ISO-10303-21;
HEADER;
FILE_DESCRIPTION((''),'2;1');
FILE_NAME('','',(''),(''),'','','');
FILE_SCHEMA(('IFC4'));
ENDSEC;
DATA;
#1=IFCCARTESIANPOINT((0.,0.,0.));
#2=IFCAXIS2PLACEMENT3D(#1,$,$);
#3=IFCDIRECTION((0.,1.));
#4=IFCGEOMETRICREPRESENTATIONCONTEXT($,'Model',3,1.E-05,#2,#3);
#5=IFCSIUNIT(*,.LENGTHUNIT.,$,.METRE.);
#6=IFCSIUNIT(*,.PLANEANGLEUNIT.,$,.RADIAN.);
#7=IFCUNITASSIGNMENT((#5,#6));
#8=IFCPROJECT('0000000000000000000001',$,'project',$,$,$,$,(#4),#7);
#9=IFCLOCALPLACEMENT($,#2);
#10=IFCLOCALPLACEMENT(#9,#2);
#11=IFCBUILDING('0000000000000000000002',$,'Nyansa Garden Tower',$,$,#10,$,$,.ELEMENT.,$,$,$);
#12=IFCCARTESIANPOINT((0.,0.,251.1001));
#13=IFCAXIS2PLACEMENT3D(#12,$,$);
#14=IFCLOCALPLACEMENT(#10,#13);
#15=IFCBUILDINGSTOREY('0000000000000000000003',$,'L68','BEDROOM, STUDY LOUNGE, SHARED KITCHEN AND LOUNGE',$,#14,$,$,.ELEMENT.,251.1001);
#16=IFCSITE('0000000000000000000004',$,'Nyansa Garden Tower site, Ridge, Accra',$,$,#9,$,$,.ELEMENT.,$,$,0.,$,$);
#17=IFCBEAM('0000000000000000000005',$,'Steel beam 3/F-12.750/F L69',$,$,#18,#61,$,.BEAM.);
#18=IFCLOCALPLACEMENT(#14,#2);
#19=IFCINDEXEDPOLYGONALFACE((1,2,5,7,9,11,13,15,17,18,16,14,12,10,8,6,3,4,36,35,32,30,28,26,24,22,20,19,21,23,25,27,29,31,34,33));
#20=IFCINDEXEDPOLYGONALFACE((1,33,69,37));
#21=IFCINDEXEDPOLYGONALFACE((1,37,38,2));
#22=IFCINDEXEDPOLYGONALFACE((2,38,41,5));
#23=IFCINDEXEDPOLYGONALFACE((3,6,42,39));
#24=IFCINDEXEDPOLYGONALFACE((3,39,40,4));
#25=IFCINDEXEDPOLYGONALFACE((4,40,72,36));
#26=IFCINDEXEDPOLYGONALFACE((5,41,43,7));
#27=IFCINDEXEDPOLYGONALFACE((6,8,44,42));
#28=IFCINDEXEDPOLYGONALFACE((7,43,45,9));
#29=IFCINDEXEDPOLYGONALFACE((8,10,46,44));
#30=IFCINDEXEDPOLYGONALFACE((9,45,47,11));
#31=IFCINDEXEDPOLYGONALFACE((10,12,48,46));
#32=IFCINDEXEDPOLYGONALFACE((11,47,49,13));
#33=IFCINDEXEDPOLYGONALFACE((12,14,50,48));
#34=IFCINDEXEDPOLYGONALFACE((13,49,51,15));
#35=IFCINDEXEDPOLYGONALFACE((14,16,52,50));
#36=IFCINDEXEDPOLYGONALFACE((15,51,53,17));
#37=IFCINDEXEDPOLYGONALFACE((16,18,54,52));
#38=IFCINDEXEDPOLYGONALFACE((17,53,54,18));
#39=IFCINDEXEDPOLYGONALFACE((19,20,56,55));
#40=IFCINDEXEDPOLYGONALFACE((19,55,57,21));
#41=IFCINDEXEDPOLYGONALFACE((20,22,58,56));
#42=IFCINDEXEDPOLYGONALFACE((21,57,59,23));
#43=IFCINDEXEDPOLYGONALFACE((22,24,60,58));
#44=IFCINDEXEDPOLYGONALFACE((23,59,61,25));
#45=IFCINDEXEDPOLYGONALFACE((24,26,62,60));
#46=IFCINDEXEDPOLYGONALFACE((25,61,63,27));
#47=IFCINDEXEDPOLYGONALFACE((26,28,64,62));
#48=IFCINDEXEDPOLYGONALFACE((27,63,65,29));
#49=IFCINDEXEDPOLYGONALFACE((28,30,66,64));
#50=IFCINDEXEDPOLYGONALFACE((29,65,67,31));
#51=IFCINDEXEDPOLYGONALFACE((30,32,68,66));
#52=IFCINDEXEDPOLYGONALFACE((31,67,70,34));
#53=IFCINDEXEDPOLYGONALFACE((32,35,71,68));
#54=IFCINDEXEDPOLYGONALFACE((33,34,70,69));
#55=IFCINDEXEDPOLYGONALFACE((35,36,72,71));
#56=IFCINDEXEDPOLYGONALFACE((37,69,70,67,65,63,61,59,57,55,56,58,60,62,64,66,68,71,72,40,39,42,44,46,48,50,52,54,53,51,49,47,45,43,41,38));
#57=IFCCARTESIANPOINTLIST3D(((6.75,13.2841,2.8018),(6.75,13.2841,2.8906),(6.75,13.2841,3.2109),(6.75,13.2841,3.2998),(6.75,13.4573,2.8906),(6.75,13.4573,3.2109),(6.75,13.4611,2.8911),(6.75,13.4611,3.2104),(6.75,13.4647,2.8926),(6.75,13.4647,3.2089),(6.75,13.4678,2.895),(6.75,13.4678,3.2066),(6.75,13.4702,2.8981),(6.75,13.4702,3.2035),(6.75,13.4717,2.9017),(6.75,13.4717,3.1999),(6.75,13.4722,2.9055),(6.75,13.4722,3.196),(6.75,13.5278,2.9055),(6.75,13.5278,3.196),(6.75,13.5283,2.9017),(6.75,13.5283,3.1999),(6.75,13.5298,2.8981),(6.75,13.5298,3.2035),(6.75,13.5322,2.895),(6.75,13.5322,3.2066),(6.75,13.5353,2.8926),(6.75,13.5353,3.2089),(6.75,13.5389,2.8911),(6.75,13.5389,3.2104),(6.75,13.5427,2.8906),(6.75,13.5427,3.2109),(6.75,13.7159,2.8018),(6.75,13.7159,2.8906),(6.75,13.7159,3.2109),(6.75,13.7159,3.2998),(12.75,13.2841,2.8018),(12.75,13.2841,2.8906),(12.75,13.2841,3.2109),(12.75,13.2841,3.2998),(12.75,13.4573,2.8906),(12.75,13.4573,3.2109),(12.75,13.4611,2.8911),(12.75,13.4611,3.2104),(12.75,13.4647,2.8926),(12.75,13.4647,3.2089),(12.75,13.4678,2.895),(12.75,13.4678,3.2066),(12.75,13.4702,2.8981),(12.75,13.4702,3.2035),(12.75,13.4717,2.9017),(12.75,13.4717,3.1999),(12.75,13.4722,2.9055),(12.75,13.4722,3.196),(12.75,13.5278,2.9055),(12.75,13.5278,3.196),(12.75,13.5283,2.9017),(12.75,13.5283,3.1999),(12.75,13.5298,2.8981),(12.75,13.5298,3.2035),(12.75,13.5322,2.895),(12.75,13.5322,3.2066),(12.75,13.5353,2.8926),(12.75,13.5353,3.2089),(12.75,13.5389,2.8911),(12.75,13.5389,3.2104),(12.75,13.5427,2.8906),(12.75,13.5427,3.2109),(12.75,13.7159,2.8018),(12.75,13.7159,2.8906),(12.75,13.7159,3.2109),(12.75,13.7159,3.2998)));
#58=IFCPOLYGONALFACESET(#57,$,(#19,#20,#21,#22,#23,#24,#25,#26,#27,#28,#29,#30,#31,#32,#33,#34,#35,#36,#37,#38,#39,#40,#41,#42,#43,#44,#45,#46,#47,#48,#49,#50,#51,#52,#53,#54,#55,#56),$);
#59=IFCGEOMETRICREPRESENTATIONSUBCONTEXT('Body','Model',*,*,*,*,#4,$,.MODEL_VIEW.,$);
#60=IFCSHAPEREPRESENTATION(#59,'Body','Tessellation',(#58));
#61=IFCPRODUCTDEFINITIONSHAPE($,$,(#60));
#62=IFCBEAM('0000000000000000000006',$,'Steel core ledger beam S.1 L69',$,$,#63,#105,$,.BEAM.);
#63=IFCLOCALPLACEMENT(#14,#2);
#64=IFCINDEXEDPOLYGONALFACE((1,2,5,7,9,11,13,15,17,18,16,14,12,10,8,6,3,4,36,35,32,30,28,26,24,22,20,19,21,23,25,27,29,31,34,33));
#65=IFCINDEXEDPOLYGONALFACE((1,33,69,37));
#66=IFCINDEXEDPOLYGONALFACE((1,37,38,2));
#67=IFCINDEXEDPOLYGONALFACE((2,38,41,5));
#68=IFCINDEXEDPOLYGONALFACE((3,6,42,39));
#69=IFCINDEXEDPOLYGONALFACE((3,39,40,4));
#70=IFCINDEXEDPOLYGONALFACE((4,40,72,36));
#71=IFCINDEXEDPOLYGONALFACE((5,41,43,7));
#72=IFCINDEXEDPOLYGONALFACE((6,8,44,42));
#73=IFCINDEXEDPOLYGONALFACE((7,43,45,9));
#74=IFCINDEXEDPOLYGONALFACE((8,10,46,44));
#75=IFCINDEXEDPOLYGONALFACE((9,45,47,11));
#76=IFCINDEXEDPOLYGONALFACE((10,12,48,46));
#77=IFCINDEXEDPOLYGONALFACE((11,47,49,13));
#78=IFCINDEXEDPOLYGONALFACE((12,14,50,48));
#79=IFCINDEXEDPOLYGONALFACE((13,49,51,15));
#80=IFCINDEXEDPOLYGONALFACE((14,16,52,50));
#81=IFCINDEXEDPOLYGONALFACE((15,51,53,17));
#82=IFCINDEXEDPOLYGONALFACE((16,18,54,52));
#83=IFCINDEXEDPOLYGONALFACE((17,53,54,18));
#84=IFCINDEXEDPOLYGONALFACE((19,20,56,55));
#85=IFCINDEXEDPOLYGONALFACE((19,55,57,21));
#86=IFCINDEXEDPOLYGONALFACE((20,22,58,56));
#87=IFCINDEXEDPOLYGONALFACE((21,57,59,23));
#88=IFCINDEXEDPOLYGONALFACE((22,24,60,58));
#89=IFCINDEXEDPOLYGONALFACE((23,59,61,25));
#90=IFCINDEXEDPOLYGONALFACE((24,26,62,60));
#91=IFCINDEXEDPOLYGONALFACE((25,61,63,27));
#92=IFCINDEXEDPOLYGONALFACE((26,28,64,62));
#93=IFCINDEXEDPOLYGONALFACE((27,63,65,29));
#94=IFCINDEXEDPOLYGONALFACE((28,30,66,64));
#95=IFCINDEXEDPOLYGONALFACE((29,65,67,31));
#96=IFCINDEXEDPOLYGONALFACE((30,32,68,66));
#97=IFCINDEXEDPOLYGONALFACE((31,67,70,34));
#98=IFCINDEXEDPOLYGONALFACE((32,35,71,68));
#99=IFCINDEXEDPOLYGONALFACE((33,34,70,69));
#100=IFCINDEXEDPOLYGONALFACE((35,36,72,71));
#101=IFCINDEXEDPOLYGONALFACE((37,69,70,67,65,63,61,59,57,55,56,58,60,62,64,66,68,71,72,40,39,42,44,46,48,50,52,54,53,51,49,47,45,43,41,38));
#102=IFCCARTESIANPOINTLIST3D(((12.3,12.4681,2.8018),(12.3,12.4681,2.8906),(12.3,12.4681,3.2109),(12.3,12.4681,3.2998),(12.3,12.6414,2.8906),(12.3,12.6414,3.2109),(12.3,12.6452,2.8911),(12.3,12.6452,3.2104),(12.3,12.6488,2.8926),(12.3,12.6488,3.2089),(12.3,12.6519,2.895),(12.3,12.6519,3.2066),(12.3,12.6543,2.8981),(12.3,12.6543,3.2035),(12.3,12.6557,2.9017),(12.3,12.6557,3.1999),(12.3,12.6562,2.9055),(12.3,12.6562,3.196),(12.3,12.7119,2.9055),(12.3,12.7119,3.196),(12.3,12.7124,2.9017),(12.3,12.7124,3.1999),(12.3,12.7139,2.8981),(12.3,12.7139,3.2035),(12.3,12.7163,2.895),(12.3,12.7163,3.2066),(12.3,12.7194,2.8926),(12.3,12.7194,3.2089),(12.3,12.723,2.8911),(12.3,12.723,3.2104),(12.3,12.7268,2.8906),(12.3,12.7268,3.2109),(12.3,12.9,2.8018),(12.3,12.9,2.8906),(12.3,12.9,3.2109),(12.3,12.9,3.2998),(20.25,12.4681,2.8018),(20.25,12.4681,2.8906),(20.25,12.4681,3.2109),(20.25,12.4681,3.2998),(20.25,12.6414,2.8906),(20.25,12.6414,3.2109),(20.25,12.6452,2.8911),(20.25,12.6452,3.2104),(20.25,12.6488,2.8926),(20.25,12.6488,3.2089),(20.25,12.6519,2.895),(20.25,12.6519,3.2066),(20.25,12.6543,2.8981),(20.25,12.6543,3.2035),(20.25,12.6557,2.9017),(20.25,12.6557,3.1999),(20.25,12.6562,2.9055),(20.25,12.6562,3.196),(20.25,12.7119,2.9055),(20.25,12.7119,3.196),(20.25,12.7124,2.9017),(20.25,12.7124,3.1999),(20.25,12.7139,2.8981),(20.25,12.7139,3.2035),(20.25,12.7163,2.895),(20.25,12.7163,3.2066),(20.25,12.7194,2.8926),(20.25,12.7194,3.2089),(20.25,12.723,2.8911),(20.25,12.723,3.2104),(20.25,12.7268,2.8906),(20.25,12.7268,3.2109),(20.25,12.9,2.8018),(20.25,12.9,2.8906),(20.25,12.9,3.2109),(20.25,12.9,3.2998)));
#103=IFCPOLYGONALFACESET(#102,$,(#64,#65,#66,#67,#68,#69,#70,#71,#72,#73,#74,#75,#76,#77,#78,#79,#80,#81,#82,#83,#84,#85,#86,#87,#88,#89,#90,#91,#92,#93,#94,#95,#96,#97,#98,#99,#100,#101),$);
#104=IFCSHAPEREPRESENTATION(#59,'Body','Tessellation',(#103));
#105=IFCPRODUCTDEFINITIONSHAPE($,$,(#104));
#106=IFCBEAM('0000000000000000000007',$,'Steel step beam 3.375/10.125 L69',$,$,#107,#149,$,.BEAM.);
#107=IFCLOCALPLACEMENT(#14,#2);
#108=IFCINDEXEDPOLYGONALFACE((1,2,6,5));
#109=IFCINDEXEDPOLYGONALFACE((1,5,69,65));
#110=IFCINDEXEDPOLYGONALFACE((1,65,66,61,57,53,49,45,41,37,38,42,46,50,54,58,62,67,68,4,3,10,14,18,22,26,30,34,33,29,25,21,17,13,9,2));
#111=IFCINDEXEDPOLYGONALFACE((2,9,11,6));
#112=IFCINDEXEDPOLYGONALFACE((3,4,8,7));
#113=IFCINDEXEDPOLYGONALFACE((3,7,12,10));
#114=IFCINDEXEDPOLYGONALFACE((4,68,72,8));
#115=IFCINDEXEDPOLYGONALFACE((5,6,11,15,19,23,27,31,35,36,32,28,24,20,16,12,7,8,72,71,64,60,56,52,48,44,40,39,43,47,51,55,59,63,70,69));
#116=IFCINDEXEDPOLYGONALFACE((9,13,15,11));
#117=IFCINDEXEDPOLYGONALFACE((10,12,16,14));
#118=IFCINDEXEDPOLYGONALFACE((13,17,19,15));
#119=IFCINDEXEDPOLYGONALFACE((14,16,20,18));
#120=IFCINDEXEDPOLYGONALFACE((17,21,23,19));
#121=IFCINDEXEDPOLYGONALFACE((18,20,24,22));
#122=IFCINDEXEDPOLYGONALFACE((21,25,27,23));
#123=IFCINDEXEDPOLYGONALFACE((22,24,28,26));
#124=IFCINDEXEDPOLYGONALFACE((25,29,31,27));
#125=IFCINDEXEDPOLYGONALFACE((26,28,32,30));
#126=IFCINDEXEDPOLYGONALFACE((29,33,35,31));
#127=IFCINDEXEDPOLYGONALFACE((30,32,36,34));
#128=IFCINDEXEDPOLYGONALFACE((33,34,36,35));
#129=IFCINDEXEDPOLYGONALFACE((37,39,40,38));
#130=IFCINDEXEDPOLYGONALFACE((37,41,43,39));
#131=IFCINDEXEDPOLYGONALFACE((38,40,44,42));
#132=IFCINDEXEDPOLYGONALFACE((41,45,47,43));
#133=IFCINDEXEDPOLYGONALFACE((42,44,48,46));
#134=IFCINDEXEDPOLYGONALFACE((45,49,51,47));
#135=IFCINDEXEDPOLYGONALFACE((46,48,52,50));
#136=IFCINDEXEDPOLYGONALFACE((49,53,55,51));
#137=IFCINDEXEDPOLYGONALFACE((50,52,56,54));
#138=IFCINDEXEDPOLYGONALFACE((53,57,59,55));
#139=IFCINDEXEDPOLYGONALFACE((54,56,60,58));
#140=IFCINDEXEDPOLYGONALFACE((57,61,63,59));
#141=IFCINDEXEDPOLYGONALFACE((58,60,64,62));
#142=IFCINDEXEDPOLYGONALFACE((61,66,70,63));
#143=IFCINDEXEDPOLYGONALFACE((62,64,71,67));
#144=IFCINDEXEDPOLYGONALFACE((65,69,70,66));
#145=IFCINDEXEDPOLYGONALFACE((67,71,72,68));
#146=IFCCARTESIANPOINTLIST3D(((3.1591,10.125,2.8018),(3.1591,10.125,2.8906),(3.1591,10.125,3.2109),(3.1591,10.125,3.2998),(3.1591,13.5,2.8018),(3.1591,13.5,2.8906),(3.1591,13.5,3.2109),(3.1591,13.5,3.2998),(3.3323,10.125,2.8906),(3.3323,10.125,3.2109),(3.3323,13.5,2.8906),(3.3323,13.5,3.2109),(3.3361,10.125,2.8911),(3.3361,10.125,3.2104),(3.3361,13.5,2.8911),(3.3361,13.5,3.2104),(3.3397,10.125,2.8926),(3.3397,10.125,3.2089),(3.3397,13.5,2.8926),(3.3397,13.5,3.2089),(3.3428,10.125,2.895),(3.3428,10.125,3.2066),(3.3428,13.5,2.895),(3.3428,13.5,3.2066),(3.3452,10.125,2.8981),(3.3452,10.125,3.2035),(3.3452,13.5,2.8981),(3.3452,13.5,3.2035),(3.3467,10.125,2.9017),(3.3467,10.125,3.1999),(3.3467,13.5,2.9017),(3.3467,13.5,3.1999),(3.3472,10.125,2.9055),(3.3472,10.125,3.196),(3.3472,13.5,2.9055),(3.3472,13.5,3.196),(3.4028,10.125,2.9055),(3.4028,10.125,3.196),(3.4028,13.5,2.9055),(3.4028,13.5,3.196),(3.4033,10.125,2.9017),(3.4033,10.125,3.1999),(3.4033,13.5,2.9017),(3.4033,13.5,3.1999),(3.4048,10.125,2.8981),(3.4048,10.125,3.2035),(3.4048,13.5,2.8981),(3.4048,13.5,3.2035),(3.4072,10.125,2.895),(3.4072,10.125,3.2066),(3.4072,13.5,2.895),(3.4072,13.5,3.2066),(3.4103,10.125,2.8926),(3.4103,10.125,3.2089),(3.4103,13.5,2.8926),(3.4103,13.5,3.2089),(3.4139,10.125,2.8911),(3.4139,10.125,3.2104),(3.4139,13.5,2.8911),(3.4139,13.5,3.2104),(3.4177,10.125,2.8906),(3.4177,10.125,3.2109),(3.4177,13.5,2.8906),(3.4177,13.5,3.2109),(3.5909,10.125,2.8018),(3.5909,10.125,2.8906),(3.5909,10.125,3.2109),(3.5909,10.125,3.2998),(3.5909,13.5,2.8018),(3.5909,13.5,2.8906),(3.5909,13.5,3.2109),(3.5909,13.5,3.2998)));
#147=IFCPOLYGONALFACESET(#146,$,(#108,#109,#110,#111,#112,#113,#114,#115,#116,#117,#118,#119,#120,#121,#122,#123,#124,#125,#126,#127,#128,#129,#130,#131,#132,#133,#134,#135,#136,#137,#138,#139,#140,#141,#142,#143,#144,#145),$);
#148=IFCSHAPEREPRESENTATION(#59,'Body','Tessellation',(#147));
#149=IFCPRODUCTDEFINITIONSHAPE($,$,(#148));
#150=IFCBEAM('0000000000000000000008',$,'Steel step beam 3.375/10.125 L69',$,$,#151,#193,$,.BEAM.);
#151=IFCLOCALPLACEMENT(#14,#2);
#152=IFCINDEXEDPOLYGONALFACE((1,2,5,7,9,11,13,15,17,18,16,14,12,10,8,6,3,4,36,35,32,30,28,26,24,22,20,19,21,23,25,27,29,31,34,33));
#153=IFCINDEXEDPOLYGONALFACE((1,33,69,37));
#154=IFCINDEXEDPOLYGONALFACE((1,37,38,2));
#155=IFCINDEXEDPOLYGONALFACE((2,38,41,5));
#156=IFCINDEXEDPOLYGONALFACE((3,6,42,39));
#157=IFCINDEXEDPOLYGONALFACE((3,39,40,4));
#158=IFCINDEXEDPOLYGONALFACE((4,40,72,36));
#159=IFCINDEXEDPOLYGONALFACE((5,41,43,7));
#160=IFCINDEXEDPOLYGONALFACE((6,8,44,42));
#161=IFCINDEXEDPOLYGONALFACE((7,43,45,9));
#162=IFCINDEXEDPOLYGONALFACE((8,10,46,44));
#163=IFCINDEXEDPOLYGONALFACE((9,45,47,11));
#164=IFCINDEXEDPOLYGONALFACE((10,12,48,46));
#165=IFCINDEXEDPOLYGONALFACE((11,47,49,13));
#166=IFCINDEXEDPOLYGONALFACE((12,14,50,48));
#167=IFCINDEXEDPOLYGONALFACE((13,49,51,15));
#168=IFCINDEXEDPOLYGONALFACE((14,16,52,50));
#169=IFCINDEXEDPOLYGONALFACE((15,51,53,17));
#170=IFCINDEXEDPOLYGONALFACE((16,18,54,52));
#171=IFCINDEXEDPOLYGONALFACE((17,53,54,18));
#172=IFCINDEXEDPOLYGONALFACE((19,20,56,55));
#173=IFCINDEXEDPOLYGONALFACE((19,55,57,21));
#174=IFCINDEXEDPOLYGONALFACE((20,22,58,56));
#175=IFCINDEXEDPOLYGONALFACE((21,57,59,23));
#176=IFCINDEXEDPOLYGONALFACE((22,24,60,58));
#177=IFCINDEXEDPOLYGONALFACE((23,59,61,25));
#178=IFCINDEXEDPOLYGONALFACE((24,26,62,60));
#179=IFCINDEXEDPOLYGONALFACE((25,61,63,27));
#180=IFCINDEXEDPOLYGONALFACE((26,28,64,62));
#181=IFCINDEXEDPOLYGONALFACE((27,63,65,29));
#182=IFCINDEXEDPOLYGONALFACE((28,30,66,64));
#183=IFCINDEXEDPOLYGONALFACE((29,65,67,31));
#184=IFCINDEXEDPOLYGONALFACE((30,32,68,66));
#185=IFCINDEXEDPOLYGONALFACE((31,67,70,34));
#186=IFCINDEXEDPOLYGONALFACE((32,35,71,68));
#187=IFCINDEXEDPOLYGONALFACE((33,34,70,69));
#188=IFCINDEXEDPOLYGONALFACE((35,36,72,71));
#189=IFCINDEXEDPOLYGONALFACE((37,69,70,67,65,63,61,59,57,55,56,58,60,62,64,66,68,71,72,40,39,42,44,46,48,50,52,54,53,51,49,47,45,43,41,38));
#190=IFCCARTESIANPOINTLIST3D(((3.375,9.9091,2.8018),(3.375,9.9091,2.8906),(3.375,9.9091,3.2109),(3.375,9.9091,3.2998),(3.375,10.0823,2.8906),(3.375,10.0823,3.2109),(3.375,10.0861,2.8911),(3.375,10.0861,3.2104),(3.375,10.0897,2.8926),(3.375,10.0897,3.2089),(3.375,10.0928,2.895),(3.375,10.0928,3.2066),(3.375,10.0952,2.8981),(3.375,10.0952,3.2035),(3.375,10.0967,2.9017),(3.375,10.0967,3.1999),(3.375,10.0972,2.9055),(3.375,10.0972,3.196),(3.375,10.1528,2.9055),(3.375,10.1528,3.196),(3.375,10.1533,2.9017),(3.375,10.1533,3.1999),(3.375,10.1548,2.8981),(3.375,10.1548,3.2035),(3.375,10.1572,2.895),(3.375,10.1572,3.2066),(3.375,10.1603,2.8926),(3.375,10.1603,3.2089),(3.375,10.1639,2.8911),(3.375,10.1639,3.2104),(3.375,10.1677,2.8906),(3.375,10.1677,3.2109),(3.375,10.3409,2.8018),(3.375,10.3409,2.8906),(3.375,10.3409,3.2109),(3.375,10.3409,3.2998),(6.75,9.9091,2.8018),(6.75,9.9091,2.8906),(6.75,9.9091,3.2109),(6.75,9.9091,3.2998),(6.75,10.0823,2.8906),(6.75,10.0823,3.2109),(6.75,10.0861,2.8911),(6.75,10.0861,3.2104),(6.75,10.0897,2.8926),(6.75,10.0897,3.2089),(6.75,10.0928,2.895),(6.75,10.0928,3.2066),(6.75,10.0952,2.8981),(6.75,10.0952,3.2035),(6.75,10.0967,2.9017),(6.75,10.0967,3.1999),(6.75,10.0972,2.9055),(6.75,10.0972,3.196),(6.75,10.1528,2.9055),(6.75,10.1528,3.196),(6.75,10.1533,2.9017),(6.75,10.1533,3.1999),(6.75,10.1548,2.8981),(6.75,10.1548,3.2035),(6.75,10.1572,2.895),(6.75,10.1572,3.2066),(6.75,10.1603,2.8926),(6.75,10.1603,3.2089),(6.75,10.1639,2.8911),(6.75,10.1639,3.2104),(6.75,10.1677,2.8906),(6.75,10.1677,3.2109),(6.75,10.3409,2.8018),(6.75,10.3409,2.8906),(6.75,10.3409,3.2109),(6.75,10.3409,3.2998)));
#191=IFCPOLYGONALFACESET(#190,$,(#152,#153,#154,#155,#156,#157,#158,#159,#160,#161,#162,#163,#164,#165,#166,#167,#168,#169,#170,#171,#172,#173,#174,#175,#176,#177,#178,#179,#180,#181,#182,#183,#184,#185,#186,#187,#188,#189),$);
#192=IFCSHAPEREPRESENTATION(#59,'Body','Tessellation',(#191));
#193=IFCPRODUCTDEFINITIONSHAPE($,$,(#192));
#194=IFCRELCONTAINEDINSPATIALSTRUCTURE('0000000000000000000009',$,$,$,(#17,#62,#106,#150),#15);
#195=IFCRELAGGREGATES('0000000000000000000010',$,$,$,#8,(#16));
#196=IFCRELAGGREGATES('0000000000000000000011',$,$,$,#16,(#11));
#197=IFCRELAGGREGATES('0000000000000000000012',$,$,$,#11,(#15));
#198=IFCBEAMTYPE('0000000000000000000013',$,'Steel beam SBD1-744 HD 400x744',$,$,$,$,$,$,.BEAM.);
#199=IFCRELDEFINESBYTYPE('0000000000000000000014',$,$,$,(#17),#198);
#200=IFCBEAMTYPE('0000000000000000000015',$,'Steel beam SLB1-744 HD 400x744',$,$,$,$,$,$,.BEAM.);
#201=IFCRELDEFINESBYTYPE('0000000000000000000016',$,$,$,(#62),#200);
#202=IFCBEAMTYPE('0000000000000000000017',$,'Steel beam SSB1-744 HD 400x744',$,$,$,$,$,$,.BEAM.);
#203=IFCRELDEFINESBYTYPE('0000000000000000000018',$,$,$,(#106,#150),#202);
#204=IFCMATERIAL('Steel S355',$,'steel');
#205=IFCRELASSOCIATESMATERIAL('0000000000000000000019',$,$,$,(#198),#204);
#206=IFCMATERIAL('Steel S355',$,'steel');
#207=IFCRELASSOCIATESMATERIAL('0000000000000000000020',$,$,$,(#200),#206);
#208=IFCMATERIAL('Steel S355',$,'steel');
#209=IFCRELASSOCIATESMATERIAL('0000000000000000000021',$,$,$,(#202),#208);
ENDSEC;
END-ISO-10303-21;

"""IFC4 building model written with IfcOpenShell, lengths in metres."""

from ifc_helpers import new_model, si_unit, direction, frame, origin, origin_2d, place, context, subcontext, project, spatial, i_section, extrude, material, material_profile, profile_set, type_object, element, save


model = new_model("IFC4")

# Units and contexts
model_context = context("Model", 3, precision=1e-05, world=origin(), true_north=direction((0.0, 1.0)))
body_context = subcontext(model_context, "Body", "Model", "MODEL_VIEW")
ifc_project = project(units=[si_unit("LENGTHUNIT", "METRE"), si_unit("PLANEANGLEUNIT", "RADIAN")], contexts=[model_context])

# Site, building, storey
site_placement = place(None, origin())
site = spatial("IfcSite", under=ifc_project, at=site_placement, Name="Nyansa Garden Tower site, Ridge, Accra", CompositionType="ELEMENT", RefElevation=0.0)
building_placement = place(site_placement, origin())
building = spatial("IfcBuilding", under=site, at=building_placement, Name="Nyansa Garden Tower", CompositionType="ELEMENT")
storey_placement = place(building_placement, frame((0.0, 0.0, 251.1001)))
storey = spatial("IfcBuildingStorey", under=building, at=storey_placement, Name="L68", Description="BEDROOM, STUDY LOUNGE, SHARED KITCHEN AND LOUNGE", CompositionType="ELEMENT", Elevation=251.1001)

# Beams
ifc_material_1 = material(Name="Steel S355", Category="steel")
ifc_material_profile_1 = material_profile(ifc_material_1, i_section(OverallWidth=0.4319, OverallDepth=0.498, WebThickness=0.0557, FlangeThickness=0.0889, FilletRadius=0.0149, at=origin_2d()), Name="HD 400x744")
ifc_profile_set_1 = profile_set([ifc_material_profile_1], Name="Steel S355")
beam_type_1 = type_object("IfcBeamType", Name="Steel beam SBD1-744 HD 400x744", PredefinedType="BEAM", material=ifc_profile_set_1)
beam_1_placement = place(storey_placement, frame((6.75, 13.5, 3.0508), z_axis=(1.0, 0.0, 0.0), x_axis=(0.0, 1.0, 0.0)))
element("IfcBeam", 1, at=beam_1_placement, inside=storey, type_object=beam_type_1, Name="Steel beam 3/F-12.750/F L69", PredefinedType="BEAM", context=body_context, shape_type="SweptSolid", body=[
    extrude(i_section(OverallWidth=0.4319, OverallDepth=0.498, WebThickness=0.0557, FlangeThickness=0.0889, FilletRadius=0.0149, at=origin_2d()), origin(), (0.0, 0.0, 1.0), 6.0),
])
ifc_material_2 = material(Name="Steel S355", Category="steel")
ifc_material_profile_2 = material_profile(ifc_material_2, i_section(OverallWidth=0.4319, OverallDepth=0.498, WebThickness=0.0557, FlangeThickness=0.0889, FilletRadius=0.0149, at=origin_2d()), Name="HD 400x744")
ifc_profile_set_2 = profile_set([ifc_material_profile_2], Name="Steel S355")
beam_type_2 = type_object("IfcBeamType", Name="Steel beam SLB1-744 HD 400x744", PredefinedType="BEAM", material=ifc_profile_set_2)
beam_2_placement = place(storey_placement, frame((12.3, 12.6841, 3.0508), z_axis=(1.0, 0.0, 0.0), x_axis=(0.0, 1.0, 0.0)))
element("IfcBeam", 2, at=beam_2_placement, inside=storey, type_object=beam_type_2, Name="Steel core ledger beam S.1 L69", PredefinedType="BEAM", context=body_context, shape_type="SweptSolid", body=[
    extrude(i_section(OverallWidth=0.4319, OverallDepth=0.498, WebThickness=0.0557, FlangeThickness=0.0889, FilletRadius=0.0149, at=origin_2d()), origin(), (0.0, 0.0, 1.0), 7.95),
])
ifc_material_3 = material(Name="Steel S355", Category="steel")
ifc_material_profile_3 = material_profile(ifc_material_3, i_section(OverallWidth=0.4319, OverallDepth=0.498, WebThickness=0.0557, FlangeThickness=0.0889, FilletRadius=0.0149, at=origin_2d()), Name="HD 400x744")
ifc_profile_set_3 = profile_set([ifc_material_profile_3], Name="Steel S355")
beam_type_3 = type_object("IfcBeamType", Name="Steel beam SSB1-744 HD 400x744", PredefinedType="BEAM", material=ifc_profile_set_3)
for number, where, z_axis, x_axis, name in (
    (3, (3.375, 10.125, 3.0508), (0.0, 1.0, 0.0), (-1.0, 0.0, 0.0), "Steel step beam 3.375/10.125 L69"),
    (4, (3.375, 10.125, 3.0508), (1.0, 0.0, 0.0), (0.0, 1.0, 0.0), "Steel step beam 3.375/10.125 L69"),
):
    element("IfcBeam", number, at=place(storey_placement, frame(where, z_axis=z_axis, x_axis=x_axis)), inside=storey, type_object=beam_type_3, Name=name, PredefinedType="BEAM", context=body_context, shape_type="SweptSolid", body=[
        extrude(i_section(OverallWidth=0.4319, OverallDepth=0.498, WebThickness=0.0557, FlangeThickness=0.0889, FilletRadius=0.0149, at=origin_2d()), origin(), (0.0, 0.0, 1.0), 3.375),
    ])

save(model, "model.ifc")
